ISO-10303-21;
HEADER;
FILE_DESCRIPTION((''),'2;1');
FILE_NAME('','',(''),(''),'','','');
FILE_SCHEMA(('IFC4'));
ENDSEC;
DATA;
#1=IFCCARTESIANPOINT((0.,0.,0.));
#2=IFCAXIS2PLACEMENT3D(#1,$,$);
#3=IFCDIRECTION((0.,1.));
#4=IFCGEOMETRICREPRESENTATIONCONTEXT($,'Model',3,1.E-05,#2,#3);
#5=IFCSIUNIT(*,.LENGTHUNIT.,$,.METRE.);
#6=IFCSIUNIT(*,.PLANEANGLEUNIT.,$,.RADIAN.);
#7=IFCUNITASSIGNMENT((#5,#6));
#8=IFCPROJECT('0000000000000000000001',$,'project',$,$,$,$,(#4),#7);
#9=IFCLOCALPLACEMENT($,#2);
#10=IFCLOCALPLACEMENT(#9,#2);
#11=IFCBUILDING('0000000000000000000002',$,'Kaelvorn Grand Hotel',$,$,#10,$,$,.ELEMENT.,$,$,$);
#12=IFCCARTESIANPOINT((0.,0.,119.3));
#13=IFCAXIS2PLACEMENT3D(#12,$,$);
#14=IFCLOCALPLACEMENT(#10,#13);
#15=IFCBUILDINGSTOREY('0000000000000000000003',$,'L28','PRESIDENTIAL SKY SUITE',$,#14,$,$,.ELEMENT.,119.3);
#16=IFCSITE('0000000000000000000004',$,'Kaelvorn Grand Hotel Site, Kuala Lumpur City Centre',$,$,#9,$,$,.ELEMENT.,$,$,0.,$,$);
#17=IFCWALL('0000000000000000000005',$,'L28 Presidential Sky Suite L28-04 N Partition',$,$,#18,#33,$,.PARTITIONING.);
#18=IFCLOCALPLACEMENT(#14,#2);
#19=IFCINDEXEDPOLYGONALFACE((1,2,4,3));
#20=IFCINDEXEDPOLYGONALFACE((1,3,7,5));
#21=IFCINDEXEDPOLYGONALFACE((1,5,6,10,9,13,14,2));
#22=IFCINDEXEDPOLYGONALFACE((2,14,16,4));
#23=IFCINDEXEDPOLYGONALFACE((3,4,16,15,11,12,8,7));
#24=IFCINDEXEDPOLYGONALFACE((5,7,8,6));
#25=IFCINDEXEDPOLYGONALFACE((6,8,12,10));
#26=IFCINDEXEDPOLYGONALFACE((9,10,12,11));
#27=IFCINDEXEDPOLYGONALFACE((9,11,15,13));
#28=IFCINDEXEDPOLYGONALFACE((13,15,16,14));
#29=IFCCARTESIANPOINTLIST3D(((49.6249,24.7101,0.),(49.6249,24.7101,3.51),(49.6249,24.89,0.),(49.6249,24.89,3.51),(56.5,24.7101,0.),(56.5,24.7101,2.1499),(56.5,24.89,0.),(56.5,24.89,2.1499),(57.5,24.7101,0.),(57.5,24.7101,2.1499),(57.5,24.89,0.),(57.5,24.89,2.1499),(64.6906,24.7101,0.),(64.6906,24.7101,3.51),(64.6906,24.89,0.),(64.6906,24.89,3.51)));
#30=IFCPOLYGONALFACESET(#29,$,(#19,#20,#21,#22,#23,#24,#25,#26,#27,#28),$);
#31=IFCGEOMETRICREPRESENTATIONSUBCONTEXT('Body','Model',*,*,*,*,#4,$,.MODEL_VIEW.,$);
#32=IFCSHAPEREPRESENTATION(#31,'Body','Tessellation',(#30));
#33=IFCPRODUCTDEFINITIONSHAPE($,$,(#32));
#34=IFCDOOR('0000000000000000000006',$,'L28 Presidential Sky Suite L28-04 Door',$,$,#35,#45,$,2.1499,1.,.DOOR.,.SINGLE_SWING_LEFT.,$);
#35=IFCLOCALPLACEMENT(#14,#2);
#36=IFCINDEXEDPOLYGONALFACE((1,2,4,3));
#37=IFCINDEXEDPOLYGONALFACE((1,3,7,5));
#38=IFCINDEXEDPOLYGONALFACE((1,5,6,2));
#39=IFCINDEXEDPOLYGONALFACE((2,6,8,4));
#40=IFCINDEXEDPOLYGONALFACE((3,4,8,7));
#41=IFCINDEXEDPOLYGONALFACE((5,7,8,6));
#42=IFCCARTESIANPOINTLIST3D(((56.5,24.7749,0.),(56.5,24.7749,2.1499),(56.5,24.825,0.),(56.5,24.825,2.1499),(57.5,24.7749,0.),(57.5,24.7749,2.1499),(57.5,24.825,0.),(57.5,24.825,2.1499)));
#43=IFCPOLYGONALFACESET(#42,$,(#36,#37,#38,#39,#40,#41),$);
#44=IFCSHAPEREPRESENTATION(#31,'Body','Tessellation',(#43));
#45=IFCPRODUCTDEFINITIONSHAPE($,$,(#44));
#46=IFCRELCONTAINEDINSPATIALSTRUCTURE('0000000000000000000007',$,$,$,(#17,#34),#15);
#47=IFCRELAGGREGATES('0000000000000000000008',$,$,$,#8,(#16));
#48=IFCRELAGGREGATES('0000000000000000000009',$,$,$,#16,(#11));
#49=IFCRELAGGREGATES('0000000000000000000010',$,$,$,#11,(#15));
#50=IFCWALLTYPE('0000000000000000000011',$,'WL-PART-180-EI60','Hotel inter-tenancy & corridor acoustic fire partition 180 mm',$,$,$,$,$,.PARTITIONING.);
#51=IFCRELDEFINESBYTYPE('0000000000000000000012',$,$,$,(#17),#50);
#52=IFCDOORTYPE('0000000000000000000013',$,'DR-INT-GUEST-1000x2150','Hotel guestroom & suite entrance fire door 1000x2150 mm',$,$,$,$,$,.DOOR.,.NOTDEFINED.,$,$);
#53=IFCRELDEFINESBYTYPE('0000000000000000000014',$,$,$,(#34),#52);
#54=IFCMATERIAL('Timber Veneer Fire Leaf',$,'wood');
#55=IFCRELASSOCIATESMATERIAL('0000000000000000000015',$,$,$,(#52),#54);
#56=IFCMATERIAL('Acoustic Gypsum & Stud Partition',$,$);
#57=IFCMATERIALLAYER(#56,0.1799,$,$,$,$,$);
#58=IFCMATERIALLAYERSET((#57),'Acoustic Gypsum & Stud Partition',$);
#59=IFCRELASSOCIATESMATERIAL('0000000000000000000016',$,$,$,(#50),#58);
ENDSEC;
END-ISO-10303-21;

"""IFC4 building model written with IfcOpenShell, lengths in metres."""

from ifc_helpers import new_model, si_unit, direction, frame, frame_2d, origin, place, context, subcontext, project, spatial, rectangle, extrude, material, layer, layer_set, type_object, element, fill, save


model = new_model("IFC4")

# Units and contexts
model_context = context("Model", 3, precision=1e-05, world=origin(), true_north=direction((0.0, 1.0)))
body_context = subcontext(model_context, "Body", "Model", "MODEL_VIEW")
ifc_project = project(units=[si_unit("LENGTHUNIT", "METRE"), si_unit("PLANEANGLEUNIT", "RADIAN")], contexts=[model_context])

# Site, building, storey
site_placement = place(None, origin())
site = spatial("IfcSite", under=ifc_project, at=site_placement, Name="Kaelvorn Grand Hotel Site, Kuala Lumpur City Centre", CompositionType="ELEMENT", RefElevation=0.0)
building_placement = place(site_placement, origin())
building = spatial("IfcBuilding", under=site, at=building_placement, Name="Kaelvorn Grand Hotel", CompositionType="ELEMENT")
storey_placement = place(building_placement, frame((0.0, 0.0, 119.3)))
storey = spatial("IfcBuildingStorey", under=building, at=storey_placement, Name="L28", Description="PRESIDENTIAL SKY SUITE", CompositionType="ELEMENT", Elevation=119.3)

# Shared definitions
ifc_material_1 = material(Name="Acoustic Gypsum & Stud Partition")
ifc_material_2 = material(Name="Timber Veneer Fire Leaf", Category="wood")
door_type_1 = type_object("IfcDoorType", Name="DR-INT-GUEST-1000x2150", Description="Hotel guestroom & suite entrance fire door 1000x2150 mm", OperationType="NOTDEFINED", PredefinedType="DOOR", material=ifc_material_2)

# Wall, opening, door
ifc_layer_1 = layer(ifc_material_1, 0.1799)
ifc_layer_set_1 = layer_set([ifc_layer_1], Name="Acoustic Gypsum & Stud Partition")
wall_type_1 = type_object("IfcWallType", Name="WL-PART-180-EI60", Description="Hotel inter-tenancy & corridor acoustic fire partition 180 mm", PredefinedType="PARTITIONING", material=ifc_layer_set_1)
wall_1_placement = place(storey_placement, frame((49.625, 24.8, 0.0), z_axis=(0.0, 0.0, 1.0), x_axis=(1.0, 0.0, 0.0)))
wall_1 = element("IfcWall", 1, at=wall_1_placement, inside=storey, type_object=wall_type_1, Name="L28 Presidential Sky Suite L28-04 N Partition", PredefinedType="PARTITIONING", context=body_context, shape_type="SweptSolid", body=[
    extrude(rectangle(XDim=15.0657, YDim=0.1799, at=frame_2d((7.5327, 0.0))), origin(), (0.0, 0.0, 1.0), 3.51),
])
opening_1_placement = place(wall_1_placement, frame((6.875, 0.0, 0.0)))
opening_1 = element("IfcOpeningElement", 2, at=opening_1_placement, cuts=wall_1, PredefinedType="OPENING", context=body_context, shape_type="SweptSolid", body=[
    extrude(rectangle(XDim=1.0, YDim=2.1499, at=frame_2d((0.5, 1.075))), frame((0.0, 0.1001, 0.0), z_axis=(0.0, -1.0, 0.0), x_axis=(1.0, 0.0, 0.0)), (0.0, 0.0, 1.0), 0.2),
])
door_1_placement = place(opening_1_placement, origin())
door_1 = element("IfcDoor", 3, at=door_1_placement, inside=storey, type_object=door_type_1, Name="L28 Presidential Sky Suite L28-04 Door", OperationType="SINGLE_SWING_LEFT", OverallHeight=2.1499, OverallWidth=1.0, PredefinedType="DOOR", context=body_context, shape_type="SweptSolid", body=[
    extrude(rectangle(XDim=1.0, YDim=2.1499, at=frame_2d((0.5, 1.075))), frame((0.0, 0.0249, 0.0), z_axis=(0.0, -1.0, 0.0), x_axis=(1.0, 0.0, 0.0)), (0.0, 0.0, 1.0), 0.05),
])
fill(opening_1, door_1)

save(model, "model.ifc")
